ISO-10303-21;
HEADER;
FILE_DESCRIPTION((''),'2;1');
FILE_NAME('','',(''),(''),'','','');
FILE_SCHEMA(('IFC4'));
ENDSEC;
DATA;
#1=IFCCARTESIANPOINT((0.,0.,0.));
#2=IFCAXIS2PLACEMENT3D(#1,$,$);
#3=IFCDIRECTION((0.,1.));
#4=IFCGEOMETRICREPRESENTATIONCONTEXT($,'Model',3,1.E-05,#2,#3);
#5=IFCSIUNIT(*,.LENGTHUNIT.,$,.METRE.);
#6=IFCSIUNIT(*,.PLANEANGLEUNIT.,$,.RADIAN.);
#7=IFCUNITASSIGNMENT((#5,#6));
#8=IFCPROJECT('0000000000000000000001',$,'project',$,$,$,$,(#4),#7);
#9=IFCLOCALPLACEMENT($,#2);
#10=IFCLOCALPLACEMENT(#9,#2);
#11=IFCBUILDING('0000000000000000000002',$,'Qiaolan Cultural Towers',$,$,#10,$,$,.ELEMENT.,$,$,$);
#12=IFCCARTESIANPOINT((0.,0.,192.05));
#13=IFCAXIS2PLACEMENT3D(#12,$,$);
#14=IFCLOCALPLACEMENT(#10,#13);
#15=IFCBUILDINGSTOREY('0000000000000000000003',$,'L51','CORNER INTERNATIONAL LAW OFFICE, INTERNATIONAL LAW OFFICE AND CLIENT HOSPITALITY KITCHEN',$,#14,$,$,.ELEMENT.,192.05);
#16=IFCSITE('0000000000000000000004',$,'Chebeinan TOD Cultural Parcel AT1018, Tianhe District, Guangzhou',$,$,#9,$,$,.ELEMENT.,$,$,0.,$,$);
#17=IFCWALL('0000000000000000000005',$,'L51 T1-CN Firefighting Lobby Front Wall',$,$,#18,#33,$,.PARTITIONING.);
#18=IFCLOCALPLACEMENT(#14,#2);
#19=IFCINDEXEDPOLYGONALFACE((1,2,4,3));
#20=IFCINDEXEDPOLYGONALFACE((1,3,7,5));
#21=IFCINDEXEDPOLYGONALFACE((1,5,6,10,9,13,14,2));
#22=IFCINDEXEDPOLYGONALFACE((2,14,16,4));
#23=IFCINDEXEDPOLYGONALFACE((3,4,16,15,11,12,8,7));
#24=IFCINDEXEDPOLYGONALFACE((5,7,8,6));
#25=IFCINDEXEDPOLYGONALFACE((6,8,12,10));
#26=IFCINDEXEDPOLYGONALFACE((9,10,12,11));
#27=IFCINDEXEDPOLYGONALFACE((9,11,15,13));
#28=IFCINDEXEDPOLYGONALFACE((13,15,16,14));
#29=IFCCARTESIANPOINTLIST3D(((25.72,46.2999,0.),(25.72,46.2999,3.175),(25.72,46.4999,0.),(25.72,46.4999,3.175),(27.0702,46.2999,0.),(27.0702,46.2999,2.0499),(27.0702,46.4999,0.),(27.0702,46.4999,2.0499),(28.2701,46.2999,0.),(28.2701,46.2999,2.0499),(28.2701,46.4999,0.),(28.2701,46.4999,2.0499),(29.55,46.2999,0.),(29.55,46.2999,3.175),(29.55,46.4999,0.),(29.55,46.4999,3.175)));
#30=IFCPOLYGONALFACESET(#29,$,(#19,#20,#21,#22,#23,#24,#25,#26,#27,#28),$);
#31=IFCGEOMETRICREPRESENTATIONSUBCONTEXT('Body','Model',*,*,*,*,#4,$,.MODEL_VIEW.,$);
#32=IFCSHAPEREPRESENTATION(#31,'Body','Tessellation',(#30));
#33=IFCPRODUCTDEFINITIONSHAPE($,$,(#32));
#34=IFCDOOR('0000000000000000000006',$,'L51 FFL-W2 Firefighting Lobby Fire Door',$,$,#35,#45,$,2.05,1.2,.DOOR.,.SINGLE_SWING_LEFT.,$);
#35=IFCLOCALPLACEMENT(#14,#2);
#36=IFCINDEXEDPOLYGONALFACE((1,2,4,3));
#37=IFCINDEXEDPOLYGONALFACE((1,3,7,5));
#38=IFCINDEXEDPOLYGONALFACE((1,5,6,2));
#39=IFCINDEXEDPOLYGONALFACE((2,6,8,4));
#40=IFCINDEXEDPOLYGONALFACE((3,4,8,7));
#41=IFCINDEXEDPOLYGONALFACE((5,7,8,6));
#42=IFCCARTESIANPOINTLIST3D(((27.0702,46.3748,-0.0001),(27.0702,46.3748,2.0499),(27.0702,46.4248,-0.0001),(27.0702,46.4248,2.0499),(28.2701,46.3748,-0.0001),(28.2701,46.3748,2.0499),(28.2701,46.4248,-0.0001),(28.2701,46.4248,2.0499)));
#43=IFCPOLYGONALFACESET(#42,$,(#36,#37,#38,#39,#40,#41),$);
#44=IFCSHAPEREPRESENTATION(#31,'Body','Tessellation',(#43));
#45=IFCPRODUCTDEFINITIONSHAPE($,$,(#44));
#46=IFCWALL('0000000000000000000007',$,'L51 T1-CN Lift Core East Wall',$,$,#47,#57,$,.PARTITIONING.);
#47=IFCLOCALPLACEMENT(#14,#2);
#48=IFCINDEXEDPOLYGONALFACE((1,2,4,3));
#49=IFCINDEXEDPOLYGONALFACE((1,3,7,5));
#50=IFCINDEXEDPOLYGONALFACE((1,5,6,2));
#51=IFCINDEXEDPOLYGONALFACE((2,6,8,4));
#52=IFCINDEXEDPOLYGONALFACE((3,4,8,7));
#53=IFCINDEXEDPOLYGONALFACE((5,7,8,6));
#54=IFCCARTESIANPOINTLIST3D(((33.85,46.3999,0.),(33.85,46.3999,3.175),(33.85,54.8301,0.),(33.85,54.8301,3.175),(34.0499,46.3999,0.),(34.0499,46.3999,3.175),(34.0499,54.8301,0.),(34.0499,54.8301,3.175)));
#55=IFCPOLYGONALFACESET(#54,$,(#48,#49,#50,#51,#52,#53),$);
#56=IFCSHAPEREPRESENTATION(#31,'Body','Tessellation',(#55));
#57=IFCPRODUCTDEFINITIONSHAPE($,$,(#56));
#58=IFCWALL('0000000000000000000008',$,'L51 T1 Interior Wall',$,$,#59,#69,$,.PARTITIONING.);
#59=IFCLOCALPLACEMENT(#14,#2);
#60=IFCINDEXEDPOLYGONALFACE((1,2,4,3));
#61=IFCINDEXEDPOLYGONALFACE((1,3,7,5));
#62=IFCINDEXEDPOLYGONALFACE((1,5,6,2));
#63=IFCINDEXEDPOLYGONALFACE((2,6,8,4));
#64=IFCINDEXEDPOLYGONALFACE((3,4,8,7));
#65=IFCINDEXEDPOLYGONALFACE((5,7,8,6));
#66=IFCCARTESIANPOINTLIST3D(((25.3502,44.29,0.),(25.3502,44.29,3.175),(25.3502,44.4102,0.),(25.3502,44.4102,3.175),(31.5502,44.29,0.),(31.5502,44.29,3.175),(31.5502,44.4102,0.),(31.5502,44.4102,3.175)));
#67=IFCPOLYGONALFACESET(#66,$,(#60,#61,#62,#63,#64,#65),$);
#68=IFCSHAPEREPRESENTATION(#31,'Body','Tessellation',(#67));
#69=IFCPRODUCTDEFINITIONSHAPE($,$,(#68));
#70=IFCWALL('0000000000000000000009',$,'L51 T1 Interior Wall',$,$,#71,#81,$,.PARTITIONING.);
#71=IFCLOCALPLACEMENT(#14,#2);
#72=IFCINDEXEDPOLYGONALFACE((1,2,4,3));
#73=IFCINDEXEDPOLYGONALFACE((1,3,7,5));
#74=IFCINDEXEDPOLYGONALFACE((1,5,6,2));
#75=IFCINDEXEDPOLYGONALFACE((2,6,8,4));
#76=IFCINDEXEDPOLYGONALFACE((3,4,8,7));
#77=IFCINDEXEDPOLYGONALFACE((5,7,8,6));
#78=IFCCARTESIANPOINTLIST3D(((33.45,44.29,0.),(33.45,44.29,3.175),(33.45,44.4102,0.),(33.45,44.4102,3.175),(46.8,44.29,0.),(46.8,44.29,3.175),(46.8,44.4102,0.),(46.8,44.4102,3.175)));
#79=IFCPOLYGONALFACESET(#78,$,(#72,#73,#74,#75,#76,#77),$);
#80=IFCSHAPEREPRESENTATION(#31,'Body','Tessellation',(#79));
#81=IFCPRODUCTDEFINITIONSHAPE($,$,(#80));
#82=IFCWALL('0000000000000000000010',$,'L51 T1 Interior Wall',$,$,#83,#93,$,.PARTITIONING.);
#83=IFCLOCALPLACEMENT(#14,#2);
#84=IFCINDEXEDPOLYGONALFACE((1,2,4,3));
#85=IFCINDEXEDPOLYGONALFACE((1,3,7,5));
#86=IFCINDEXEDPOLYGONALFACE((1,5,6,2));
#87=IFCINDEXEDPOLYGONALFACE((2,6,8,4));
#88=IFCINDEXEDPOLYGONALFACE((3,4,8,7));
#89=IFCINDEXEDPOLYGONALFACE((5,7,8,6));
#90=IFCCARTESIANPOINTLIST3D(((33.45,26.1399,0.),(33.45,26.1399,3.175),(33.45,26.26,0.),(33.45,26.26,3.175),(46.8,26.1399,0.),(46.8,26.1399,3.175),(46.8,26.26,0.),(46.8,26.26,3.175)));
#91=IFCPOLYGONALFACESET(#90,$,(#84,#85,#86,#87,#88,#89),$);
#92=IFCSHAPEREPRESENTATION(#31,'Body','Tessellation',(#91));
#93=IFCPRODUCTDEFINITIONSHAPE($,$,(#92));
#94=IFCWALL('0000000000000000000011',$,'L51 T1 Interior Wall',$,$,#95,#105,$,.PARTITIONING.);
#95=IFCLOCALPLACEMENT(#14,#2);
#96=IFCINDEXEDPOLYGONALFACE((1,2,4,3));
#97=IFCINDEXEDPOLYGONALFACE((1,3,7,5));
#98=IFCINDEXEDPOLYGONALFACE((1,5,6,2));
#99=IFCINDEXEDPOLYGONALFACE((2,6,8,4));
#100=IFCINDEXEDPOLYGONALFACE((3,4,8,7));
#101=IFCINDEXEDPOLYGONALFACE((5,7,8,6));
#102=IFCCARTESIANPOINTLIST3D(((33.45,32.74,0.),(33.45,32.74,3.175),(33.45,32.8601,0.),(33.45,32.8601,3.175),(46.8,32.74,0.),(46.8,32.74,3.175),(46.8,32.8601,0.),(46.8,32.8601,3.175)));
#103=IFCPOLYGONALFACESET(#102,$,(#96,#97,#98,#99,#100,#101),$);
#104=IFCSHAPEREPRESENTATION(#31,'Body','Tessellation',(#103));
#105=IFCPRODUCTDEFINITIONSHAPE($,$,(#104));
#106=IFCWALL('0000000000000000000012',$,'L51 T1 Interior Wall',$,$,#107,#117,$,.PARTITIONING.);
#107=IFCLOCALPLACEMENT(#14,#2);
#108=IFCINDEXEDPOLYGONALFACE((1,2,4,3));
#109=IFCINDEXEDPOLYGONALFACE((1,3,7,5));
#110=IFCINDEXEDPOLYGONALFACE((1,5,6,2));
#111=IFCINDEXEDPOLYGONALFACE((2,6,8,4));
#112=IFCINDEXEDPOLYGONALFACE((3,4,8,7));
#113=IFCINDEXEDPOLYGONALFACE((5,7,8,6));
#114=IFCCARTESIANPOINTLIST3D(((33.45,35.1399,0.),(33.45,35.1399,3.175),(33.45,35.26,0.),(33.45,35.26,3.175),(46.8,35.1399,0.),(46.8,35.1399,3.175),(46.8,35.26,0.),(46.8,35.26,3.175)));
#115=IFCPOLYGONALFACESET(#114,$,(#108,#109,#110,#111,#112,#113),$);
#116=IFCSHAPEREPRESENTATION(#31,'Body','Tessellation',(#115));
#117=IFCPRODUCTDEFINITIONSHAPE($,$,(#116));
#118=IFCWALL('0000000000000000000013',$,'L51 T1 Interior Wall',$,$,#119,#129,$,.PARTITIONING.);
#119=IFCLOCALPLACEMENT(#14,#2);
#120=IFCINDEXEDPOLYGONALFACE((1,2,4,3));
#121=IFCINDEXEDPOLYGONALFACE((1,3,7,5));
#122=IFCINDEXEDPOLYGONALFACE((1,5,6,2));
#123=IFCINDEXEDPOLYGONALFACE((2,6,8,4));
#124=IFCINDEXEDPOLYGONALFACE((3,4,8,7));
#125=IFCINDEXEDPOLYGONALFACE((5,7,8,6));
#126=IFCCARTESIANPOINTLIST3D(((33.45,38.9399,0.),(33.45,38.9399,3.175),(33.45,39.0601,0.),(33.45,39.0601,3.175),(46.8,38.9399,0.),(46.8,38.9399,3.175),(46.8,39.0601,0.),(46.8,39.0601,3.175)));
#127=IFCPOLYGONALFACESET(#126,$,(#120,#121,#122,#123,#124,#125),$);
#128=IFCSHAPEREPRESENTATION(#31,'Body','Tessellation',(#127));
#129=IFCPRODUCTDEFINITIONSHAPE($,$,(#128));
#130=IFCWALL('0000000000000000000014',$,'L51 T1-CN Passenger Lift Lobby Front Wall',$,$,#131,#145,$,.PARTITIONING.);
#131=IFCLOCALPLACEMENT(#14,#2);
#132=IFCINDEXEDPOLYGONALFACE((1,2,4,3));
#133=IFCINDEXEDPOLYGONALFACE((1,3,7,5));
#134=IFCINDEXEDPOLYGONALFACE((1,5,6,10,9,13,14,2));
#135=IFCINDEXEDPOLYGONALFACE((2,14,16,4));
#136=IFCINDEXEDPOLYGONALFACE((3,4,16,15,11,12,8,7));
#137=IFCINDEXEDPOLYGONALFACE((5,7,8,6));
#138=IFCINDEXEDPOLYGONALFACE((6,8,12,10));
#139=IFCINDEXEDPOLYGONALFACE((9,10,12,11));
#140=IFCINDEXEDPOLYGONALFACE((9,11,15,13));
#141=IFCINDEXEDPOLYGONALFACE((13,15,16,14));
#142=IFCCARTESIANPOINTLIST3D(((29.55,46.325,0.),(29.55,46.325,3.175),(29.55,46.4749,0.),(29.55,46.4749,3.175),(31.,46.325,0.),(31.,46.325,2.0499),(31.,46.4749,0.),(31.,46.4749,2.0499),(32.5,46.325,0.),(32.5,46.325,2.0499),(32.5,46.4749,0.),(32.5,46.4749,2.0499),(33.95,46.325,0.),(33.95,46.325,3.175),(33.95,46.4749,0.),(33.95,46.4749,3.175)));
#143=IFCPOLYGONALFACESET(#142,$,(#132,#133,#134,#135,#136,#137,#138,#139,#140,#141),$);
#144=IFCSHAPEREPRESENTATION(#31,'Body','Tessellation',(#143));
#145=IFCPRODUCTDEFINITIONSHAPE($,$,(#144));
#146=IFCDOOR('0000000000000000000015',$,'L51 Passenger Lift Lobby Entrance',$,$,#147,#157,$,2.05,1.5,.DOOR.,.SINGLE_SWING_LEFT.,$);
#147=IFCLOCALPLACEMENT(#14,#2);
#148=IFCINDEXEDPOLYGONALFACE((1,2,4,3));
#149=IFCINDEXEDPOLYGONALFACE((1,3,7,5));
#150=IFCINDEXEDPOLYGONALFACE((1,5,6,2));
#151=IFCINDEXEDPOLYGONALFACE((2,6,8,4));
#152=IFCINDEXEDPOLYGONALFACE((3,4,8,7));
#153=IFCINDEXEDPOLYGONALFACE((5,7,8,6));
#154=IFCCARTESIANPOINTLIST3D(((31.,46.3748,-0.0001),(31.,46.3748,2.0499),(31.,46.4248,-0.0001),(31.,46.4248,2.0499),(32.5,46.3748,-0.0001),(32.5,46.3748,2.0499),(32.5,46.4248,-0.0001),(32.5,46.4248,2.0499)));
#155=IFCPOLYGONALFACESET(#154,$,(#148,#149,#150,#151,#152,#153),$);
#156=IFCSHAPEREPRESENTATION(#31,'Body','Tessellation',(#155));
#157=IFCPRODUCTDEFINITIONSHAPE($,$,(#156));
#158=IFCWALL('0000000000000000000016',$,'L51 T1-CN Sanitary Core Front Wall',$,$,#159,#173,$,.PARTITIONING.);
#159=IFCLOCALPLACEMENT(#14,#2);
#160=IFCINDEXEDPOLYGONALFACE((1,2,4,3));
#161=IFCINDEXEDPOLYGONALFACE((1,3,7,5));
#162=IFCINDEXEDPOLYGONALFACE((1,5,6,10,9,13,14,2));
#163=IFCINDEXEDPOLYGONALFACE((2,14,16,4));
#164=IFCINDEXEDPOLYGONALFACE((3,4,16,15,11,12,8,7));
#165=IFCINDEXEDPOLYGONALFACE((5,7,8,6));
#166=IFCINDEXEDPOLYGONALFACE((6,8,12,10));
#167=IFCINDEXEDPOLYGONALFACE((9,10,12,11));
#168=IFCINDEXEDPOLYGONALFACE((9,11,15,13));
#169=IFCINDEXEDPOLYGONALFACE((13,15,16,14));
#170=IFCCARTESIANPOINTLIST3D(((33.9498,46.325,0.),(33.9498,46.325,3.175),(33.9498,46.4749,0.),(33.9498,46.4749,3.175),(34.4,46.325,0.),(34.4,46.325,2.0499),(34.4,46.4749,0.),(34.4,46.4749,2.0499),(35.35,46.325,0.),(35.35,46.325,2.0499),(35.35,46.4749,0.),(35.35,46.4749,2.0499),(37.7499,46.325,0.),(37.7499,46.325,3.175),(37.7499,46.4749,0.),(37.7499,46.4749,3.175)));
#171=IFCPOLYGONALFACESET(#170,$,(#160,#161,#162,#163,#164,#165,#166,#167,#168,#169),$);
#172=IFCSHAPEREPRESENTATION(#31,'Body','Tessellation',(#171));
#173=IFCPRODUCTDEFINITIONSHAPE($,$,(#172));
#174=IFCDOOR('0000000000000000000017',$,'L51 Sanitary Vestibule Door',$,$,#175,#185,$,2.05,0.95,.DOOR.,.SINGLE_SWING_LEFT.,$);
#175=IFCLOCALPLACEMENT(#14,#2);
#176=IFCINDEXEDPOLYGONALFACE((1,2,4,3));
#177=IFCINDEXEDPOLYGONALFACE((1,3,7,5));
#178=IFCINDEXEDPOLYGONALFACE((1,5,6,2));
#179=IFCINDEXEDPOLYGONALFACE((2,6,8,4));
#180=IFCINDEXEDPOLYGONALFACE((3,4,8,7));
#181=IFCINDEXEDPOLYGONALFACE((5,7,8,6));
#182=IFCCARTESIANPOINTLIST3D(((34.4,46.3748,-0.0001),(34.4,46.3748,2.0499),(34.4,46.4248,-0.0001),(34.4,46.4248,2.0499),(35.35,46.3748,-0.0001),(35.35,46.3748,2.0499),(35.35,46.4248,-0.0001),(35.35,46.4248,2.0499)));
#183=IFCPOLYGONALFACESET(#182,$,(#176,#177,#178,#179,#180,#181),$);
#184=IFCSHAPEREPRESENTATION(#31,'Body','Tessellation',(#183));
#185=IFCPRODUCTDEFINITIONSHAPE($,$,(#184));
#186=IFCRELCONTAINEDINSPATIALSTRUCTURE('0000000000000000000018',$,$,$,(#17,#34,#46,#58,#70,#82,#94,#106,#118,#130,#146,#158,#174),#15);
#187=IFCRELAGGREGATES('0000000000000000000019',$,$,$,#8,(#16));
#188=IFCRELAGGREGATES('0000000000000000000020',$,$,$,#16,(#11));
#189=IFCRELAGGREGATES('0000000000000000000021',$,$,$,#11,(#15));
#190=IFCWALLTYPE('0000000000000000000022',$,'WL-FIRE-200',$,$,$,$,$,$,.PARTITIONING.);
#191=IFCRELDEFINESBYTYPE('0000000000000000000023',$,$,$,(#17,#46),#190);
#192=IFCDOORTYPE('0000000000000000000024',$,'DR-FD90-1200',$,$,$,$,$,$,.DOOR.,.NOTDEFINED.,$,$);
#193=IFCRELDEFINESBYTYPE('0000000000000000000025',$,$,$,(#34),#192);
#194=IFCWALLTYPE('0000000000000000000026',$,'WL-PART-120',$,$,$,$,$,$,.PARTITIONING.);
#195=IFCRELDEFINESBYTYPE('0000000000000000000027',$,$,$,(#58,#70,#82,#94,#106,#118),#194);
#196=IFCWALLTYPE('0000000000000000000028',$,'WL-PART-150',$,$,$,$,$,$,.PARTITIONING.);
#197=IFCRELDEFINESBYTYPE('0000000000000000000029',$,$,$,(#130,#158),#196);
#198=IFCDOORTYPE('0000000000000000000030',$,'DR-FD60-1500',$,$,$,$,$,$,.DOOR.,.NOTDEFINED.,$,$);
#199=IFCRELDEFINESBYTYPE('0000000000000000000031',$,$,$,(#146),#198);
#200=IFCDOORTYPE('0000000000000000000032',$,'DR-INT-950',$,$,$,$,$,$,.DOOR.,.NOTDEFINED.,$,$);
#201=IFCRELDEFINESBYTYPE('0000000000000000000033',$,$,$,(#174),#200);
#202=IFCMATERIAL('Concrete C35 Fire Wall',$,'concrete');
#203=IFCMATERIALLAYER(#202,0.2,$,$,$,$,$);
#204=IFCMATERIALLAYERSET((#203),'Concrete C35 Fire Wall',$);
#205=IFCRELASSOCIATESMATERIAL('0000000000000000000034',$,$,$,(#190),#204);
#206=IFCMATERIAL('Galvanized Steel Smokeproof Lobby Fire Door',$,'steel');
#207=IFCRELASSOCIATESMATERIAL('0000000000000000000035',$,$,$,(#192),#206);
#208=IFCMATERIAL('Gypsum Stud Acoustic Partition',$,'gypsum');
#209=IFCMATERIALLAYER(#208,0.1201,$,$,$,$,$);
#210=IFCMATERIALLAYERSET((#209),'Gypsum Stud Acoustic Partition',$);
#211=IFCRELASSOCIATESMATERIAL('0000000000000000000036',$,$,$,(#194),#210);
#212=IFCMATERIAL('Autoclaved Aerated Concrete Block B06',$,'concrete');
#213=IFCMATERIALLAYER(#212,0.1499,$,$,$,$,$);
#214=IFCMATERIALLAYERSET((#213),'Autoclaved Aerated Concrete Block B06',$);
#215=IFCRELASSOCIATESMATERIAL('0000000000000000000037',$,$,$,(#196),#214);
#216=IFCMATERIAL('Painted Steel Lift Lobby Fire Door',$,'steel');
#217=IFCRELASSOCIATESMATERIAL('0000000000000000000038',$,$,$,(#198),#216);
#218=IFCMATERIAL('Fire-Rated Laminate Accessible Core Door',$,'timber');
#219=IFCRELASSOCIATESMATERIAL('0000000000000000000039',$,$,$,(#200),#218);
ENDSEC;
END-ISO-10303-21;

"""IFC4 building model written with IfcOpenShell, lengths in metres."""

from ifc_helpers import new_model, si_unit, direction, frame, frame_2d, origin, place, context, subcontext, project, spatial, rectangle, extrude, material, layer, layer_set, type_object, element, fill, save


model = new_model("IFC4")

# Units and contexts
model_context = context("Model", 3, precision=1e-05, world=origin(), true_north=direction((0.0, 1.0)))
body_context = subcontext(model_context, "Body", "Model", "MODEL_VIEW")
ifc_project = project(units=[si_unit("LENGTHUNIT", "METRE"), si_unit("PLANEANGLEUNIT", "RADIAN")], contexts=[model_context])

# Site, building, storey
site_placement = place(None, origin())
site = spatial("IfcSite", under=ifc_project, at=site_placement, Name="Chebeinan TOD Cultural Parcel AT1018, Tianhe District, Guangzhou", CompositionType="ELEMENT", RefElevation=0.0)
building_placement = place(site_placement, origin())
building = spatial("IfcBuilding", under=site, at=building_placement, Name="Qiaolan Cultural Towers", CompositionType="ELEMENT")
storey_placement = place(building_placement, frame((0.0, 0.0, 192.05)))
storey = spatial("IfcBuildingStorey", under=building, at=storey_placement, Name="L51", Description="CORNER INTERNATIONAL LAW OFFICE, INTERNATIONAL LAW OFFICE AND CLIENT HOSPITALITY KITCHEN", CompositionType="ELEMENT", Elevation=192.05)

# Shared definitions
ifc_material_1 = material(Name="Concrete C35 Fire Wall", Category="concrete")
ifc_layer_1 = layer(ifc_material_1, 0.2)
ifc_layer_set_1 = layer_set([ifc_layer_1], Name="Concrete C35 Fire Wall")
wall_type_1 = type_object("IfcWallType", Name="WL-FIRE-200", PredefinedType="PARTITIONING", material=ifc_layer_set_1)

# Wall, opening, door
wall_1_placement = place(storey_placement, frame((25.72, 46.3999, 0.0), z_axis=(0.0, 0.0, 1.0), x_axis=(1.0, 0.0, 0.0)))
wall_1 = element("IfcWall", 1, at=wall_1_placement, inside=storey, type_object=wall_type_1, Name="L51 T1-CN Firefighting Lobby Front Wall", PredefinedType="PARTITIONING", context=body_context, shape_type="SweptSolid", body=[
    extrude(rectangle(XDim=3.8301, YDim=0.2, at=frame_2d((1.915, 0.0))), origin(), (0.0, 0.0, 1.0), 3.175),
])
opening_1_placement = place(wall_1_placement, frame((1.3501, 0.0, 0.0)))
opening_1 = element("IfcOpeningElement", 2, at=opening_1_placement, cuts=wall_1, PredefinedType="OPENING", context=body_context, shape_type="SweptSolid", body=[
    extrude(rectangle(XDim=1.2, YDim=2.05, at=frame_2d((0.6001, 1.0249))), frame((0.0, 0.1099, 0.0), z_axis=(0.0, -1.0, 0.0), x_axis=(1.0, 0.0, 0.0)), (0.0, 0.0, 1.0), 0.22),
])
ifc_material_2 = material(Name="Galvanized Steel Smokeproof Lobby Fire Door", Category="steel")
door_type_1 = type_object("IfcDoorType", Name="DR-FD90-1200", OperationType="NOTDEFINED", PredefinedType="DOOR", material=ifc_material_2)
door_1_placement = place(opening_1_placement, origin())
door_1 = element("IfcDoor", 3, at=door_1_placement, inside=storey, type_object=door_type_1, Name="L51 FFL-W2 Firefighting Lobby Fire Door", OperationType="SINGLE_SWING_LEFT", OverallHeight=2.05, OverallWidth=1.2, PredefinedType="DOOR", context=body_context, shape_type="SweptSolid", body=[
    extrude(rectangle(XDim=1.2, YDim=2.05, at=frame_2d((0.6001, 1.0249))), frame((0.0, 0.0249, 0.0), z_axis=(0.0, -1.0, 0.0), x_axis=(1.0, 0.0, 0.0)), (0.0, 0.0, 1.0), 0.05),
])
fill(opening_1, door_1)

# Walls
wall_2_placement = place(storey_placement, frame((33.95, 46.3999, 0.0), z_axis=(0.0, 0.0, 1.0), x_axis=(0.0, 1.0, 0.0)))
element("IfcWall", 4, at=wall_2_placement, inside=storey, type_object=wall_type_1, Name="L51 T1-CN Lift Core East Wall", PredefinedType="PARTITIONING", context=body_context, shape_type="SweptSolid", body=[
    extrude(rectangle(XDim=8.4302, YDim=0.2, at=frame_2d((4.2151, 0.0))), origin(), (0.0, 0.0, 1.0), 3.175),
])
ifc_material_3 = material(Name="Gypsum Stud Acoustic Partition", Category="gypsum")
ifc_layer_2 = layer(ifc_material_3, 0.1201)
ifc_layer_set_2 = layer_set([ifc_layer_2], Name="Gypsum Stud Acoustic Partition")
wall_type_2 = type_object("IfcWallType", Name="WL-PART-120", PredefinedType="PARTITIONING", material=ifc_layer_set_2)
wall_3_placement = place(storey_placement, frame((25.3501, 44.3501, 0.0), z_axis=(0.0, 0.0, 1.0), x_axis=(1.0, 0.0, 0.0)))
element("IfcWall", 5, at=wall_3_placement, inside=storey, type_object=wall_type_2, Name="L51 T1 Interior Wall", PredefinedType="PARTITIONING", context=body_context, shape_type="SweptSolid", body=[
    extrude(rectangle(XDim=6.2, YDim=0.1201, at=frame_2d((3.1001, 0.0))), origin(), (0.0, 0.0, 1.0), 3.175),
])
for number, where, z_axis, x_axis, name in (
    (6, (33.45, 44.3501, 0.0), (0.0, 0.0, 1.0), (1.0, 0.0, 0.0), "L51 T1 Interior Wall"),
    (7, (33.45, 26.2, 0.0), (0.0, 0.0, 1.0), (1.0, 0.0, 0.0), "L51 T1 Interior Wall"),
    (8, (33.45, 32.8, 0.0), (0.0, 0.0, 1.0), (1.0, 0.0, 0.0), "L51 T1 Interior Wall"),
    (9, (33.45, 35.2, 0.0), (0.0, 0.0, 1.0), (1.0, 0.0, 0.0), "L51 T1 Interior Wall"),
    (10, (33.45, 39.0, 0.0), (0.0, 0.0, 1.0), (1.0, 0.0, 0.0), "L51 T1 Interior Wall"),
):
    element("IfcWall", number, at=place(storey_placement, frame(where, z_axis=z_axis, x_axis=x_axis)), inside=storey, type_object=wall_type_2, Name=name, PredefinedType="PARTITIONING", context=body_context, shape_type="SweptSolid", body=[
        extrude(rectangle(XDim=13.3501, YDim=0.1201, at=frame_2d((6.675, 0.0))), origin(), (0.0, 0.0, 1.0), 3.175),
    ])

# Walls, openings, doors
ifc_material_4 = material(Name="Autoclaved Aerated Concrete Block B06", Category="concrete")
ifc_layer_3 = layer(ifc_material_4, 0.1499)
ifc_layer_set_3 = layer_set([ifc_layer_3], Name="Autoclaved Aerated Concrete Block B06")
wall_type_3 = type_object("IfcWallType", Name="WL-PART-150", PredefinedType="PARTITIONING", material=ifc_layer_set_3)
wall_4_placement = place(storey_placement, frame((29.55, 46.3999, 0.0), z_axis=(0.0, 0.0, 1.0), x_axis=(1.0, 0.0, 0.0)))
wall_4 = element("IfcWall", 11, at=wall_4_placement, inside=storey, type_object=wall_type_3, Name="L51 T1-CN Passenger Lift Lobby Front Wall", PredefinedType="PARTITIONING", context=body_context, shape_type="SweptSolid", body=[
    extrude(rectangle(XDim=4.3999, YDim=0.1499, at=frame_2d((2.2, 0.0))), origin(), (0.0, 0.0, 1.0), 3.175),
])
opening_2_placement = place(wall_4_placement, frame((1.45, 0.0, 0.0)))
opening_2 = element("IfcOpeningElement", 12, at=opening_2_placement, cuts=wall_4, PredefinedType="OPENING", context=body_context, shape_type="SweptSolid", body=[
    extrude(rectangle(XDim=1.5, YDim=2.05, at=frame_2d((0.75, 1.0249))), frame((0.0, 0.085, 0.0), z_axis=(0.0, -1.0, 0.0), x_axis=(1.0, 0.0, 0.0)), (0.0, 0.0, 1.0), 0.1699),
])
ifc_material_5 = material(Name="Painted Steel Lift Lobby Fire Door", Category="steel")
door_type_2 = type_object("IfcDoorType", Name="DR-FD60-1500", OperationType="NOTDEFINED", PredefinedType="DOOR", material=ifc_material_5)
door_2_placement = place(opening_2_placement, origin())
door_2 = element("IfcDoor", 13, at=door_2_placement, inside=storey, type_object=door_type_2, Name="L51 Passenger Lift Lobby Entrance", OperationType="SINGLE_SWING_LEFT", OverallHeight=2.05, OverallWidth=1.5, PredefinedType="DOOR", context=body_context, shape_type="SweptSolid", body=[
    extrude(rectangle(XDim=1.5, YDim=2.05, at=frame_2d((0.75, 1.0249))), frame((0.0, 0.0249, 0.0), z_axis=(0.0, -1.0, 0.0), x_axis=(1.0, 0.0, 0.0)), (0.0, 0.0, 1.0), 0.05),
])
fill(opening_2, door_2)
wall_5_placement = place(storey_placement, frame((33.95, 46.3999, 0.0), z_axis=(0.0, 0.0, 1.0), x_axis=(1.0, 0.0, 0.0)))
wall_5 = element("IfcWall", 14, at=wall_5_placement, inside=storey, type_object=wall_type_3, Name="L51 T1-CN Sanitary Core Front Wall", PredefinedType="PARTITIONING", context=body_context, shape_type="SweptSolid", body=[
    extrude(rectangle(XDim=3.8, YDim=0.1499, at=frame_2d((1.8999, 0.0))), origin(), (0.0, 0.0, 1.0), 3.175),
])
opening_3_placement = place(wall_5_placement, frame((0.45, 0.0, 0.0)))
opening_3 = element("IfcOpeningElement", 15, at=opening_3_placement, cuts=wall_5, PredefinedType="OPENING", context=body_context, shape_type="SweptSolid", body=[
    extrude(rectangle(XDim=0.95, YDim=2.05, at=frame_2d((0.4751, 1.0249))), frame((0.0, 0.085, 0.0), z_axis=(0.0, -1.0, 0.0), x_axis=(1.0, 0.0, 0.0)), (0.0, 0.0, 1.0), 0.1699),
])
ifc_material_6 = material(Name="Fire-Rated Laminate Accessible Core Door", Category="timber")
door_type_3 = type_object("IfcDoorType", Name="DR-INT-950", OperationType="NOTDEFINED", PredefinedType="DOOR", material=ifc_material_6)
door_3_placement = place(opening_3_placement, origin())
door_3 = element("IfcDoor", 16, at=door_3_placement, inside=storey, type_object=door_type_3, Name="L51 Sanitary Vestibule Door", OperationType="SINGLE_SWING_LEFT", OverallHeight=2.05, OverallWidth=0.95, PredefinedType="DOOR", context=body_context, shape_type="SweptSolid", body=[
    extrude(rectangle(XDim=0.95, YDim=2.05, at=frame_2d((0.4751, 1.0249))), frame((0.0, 0.0249, 0.0), z_axis=(0.0, -1.0, 0.0), x_axis=(1.0, 0.0, 0.0)), (0.0, 0.0, 1.0), 0.05),
])
fill(opening_3, door_3)

save(model, "model.ifc")
